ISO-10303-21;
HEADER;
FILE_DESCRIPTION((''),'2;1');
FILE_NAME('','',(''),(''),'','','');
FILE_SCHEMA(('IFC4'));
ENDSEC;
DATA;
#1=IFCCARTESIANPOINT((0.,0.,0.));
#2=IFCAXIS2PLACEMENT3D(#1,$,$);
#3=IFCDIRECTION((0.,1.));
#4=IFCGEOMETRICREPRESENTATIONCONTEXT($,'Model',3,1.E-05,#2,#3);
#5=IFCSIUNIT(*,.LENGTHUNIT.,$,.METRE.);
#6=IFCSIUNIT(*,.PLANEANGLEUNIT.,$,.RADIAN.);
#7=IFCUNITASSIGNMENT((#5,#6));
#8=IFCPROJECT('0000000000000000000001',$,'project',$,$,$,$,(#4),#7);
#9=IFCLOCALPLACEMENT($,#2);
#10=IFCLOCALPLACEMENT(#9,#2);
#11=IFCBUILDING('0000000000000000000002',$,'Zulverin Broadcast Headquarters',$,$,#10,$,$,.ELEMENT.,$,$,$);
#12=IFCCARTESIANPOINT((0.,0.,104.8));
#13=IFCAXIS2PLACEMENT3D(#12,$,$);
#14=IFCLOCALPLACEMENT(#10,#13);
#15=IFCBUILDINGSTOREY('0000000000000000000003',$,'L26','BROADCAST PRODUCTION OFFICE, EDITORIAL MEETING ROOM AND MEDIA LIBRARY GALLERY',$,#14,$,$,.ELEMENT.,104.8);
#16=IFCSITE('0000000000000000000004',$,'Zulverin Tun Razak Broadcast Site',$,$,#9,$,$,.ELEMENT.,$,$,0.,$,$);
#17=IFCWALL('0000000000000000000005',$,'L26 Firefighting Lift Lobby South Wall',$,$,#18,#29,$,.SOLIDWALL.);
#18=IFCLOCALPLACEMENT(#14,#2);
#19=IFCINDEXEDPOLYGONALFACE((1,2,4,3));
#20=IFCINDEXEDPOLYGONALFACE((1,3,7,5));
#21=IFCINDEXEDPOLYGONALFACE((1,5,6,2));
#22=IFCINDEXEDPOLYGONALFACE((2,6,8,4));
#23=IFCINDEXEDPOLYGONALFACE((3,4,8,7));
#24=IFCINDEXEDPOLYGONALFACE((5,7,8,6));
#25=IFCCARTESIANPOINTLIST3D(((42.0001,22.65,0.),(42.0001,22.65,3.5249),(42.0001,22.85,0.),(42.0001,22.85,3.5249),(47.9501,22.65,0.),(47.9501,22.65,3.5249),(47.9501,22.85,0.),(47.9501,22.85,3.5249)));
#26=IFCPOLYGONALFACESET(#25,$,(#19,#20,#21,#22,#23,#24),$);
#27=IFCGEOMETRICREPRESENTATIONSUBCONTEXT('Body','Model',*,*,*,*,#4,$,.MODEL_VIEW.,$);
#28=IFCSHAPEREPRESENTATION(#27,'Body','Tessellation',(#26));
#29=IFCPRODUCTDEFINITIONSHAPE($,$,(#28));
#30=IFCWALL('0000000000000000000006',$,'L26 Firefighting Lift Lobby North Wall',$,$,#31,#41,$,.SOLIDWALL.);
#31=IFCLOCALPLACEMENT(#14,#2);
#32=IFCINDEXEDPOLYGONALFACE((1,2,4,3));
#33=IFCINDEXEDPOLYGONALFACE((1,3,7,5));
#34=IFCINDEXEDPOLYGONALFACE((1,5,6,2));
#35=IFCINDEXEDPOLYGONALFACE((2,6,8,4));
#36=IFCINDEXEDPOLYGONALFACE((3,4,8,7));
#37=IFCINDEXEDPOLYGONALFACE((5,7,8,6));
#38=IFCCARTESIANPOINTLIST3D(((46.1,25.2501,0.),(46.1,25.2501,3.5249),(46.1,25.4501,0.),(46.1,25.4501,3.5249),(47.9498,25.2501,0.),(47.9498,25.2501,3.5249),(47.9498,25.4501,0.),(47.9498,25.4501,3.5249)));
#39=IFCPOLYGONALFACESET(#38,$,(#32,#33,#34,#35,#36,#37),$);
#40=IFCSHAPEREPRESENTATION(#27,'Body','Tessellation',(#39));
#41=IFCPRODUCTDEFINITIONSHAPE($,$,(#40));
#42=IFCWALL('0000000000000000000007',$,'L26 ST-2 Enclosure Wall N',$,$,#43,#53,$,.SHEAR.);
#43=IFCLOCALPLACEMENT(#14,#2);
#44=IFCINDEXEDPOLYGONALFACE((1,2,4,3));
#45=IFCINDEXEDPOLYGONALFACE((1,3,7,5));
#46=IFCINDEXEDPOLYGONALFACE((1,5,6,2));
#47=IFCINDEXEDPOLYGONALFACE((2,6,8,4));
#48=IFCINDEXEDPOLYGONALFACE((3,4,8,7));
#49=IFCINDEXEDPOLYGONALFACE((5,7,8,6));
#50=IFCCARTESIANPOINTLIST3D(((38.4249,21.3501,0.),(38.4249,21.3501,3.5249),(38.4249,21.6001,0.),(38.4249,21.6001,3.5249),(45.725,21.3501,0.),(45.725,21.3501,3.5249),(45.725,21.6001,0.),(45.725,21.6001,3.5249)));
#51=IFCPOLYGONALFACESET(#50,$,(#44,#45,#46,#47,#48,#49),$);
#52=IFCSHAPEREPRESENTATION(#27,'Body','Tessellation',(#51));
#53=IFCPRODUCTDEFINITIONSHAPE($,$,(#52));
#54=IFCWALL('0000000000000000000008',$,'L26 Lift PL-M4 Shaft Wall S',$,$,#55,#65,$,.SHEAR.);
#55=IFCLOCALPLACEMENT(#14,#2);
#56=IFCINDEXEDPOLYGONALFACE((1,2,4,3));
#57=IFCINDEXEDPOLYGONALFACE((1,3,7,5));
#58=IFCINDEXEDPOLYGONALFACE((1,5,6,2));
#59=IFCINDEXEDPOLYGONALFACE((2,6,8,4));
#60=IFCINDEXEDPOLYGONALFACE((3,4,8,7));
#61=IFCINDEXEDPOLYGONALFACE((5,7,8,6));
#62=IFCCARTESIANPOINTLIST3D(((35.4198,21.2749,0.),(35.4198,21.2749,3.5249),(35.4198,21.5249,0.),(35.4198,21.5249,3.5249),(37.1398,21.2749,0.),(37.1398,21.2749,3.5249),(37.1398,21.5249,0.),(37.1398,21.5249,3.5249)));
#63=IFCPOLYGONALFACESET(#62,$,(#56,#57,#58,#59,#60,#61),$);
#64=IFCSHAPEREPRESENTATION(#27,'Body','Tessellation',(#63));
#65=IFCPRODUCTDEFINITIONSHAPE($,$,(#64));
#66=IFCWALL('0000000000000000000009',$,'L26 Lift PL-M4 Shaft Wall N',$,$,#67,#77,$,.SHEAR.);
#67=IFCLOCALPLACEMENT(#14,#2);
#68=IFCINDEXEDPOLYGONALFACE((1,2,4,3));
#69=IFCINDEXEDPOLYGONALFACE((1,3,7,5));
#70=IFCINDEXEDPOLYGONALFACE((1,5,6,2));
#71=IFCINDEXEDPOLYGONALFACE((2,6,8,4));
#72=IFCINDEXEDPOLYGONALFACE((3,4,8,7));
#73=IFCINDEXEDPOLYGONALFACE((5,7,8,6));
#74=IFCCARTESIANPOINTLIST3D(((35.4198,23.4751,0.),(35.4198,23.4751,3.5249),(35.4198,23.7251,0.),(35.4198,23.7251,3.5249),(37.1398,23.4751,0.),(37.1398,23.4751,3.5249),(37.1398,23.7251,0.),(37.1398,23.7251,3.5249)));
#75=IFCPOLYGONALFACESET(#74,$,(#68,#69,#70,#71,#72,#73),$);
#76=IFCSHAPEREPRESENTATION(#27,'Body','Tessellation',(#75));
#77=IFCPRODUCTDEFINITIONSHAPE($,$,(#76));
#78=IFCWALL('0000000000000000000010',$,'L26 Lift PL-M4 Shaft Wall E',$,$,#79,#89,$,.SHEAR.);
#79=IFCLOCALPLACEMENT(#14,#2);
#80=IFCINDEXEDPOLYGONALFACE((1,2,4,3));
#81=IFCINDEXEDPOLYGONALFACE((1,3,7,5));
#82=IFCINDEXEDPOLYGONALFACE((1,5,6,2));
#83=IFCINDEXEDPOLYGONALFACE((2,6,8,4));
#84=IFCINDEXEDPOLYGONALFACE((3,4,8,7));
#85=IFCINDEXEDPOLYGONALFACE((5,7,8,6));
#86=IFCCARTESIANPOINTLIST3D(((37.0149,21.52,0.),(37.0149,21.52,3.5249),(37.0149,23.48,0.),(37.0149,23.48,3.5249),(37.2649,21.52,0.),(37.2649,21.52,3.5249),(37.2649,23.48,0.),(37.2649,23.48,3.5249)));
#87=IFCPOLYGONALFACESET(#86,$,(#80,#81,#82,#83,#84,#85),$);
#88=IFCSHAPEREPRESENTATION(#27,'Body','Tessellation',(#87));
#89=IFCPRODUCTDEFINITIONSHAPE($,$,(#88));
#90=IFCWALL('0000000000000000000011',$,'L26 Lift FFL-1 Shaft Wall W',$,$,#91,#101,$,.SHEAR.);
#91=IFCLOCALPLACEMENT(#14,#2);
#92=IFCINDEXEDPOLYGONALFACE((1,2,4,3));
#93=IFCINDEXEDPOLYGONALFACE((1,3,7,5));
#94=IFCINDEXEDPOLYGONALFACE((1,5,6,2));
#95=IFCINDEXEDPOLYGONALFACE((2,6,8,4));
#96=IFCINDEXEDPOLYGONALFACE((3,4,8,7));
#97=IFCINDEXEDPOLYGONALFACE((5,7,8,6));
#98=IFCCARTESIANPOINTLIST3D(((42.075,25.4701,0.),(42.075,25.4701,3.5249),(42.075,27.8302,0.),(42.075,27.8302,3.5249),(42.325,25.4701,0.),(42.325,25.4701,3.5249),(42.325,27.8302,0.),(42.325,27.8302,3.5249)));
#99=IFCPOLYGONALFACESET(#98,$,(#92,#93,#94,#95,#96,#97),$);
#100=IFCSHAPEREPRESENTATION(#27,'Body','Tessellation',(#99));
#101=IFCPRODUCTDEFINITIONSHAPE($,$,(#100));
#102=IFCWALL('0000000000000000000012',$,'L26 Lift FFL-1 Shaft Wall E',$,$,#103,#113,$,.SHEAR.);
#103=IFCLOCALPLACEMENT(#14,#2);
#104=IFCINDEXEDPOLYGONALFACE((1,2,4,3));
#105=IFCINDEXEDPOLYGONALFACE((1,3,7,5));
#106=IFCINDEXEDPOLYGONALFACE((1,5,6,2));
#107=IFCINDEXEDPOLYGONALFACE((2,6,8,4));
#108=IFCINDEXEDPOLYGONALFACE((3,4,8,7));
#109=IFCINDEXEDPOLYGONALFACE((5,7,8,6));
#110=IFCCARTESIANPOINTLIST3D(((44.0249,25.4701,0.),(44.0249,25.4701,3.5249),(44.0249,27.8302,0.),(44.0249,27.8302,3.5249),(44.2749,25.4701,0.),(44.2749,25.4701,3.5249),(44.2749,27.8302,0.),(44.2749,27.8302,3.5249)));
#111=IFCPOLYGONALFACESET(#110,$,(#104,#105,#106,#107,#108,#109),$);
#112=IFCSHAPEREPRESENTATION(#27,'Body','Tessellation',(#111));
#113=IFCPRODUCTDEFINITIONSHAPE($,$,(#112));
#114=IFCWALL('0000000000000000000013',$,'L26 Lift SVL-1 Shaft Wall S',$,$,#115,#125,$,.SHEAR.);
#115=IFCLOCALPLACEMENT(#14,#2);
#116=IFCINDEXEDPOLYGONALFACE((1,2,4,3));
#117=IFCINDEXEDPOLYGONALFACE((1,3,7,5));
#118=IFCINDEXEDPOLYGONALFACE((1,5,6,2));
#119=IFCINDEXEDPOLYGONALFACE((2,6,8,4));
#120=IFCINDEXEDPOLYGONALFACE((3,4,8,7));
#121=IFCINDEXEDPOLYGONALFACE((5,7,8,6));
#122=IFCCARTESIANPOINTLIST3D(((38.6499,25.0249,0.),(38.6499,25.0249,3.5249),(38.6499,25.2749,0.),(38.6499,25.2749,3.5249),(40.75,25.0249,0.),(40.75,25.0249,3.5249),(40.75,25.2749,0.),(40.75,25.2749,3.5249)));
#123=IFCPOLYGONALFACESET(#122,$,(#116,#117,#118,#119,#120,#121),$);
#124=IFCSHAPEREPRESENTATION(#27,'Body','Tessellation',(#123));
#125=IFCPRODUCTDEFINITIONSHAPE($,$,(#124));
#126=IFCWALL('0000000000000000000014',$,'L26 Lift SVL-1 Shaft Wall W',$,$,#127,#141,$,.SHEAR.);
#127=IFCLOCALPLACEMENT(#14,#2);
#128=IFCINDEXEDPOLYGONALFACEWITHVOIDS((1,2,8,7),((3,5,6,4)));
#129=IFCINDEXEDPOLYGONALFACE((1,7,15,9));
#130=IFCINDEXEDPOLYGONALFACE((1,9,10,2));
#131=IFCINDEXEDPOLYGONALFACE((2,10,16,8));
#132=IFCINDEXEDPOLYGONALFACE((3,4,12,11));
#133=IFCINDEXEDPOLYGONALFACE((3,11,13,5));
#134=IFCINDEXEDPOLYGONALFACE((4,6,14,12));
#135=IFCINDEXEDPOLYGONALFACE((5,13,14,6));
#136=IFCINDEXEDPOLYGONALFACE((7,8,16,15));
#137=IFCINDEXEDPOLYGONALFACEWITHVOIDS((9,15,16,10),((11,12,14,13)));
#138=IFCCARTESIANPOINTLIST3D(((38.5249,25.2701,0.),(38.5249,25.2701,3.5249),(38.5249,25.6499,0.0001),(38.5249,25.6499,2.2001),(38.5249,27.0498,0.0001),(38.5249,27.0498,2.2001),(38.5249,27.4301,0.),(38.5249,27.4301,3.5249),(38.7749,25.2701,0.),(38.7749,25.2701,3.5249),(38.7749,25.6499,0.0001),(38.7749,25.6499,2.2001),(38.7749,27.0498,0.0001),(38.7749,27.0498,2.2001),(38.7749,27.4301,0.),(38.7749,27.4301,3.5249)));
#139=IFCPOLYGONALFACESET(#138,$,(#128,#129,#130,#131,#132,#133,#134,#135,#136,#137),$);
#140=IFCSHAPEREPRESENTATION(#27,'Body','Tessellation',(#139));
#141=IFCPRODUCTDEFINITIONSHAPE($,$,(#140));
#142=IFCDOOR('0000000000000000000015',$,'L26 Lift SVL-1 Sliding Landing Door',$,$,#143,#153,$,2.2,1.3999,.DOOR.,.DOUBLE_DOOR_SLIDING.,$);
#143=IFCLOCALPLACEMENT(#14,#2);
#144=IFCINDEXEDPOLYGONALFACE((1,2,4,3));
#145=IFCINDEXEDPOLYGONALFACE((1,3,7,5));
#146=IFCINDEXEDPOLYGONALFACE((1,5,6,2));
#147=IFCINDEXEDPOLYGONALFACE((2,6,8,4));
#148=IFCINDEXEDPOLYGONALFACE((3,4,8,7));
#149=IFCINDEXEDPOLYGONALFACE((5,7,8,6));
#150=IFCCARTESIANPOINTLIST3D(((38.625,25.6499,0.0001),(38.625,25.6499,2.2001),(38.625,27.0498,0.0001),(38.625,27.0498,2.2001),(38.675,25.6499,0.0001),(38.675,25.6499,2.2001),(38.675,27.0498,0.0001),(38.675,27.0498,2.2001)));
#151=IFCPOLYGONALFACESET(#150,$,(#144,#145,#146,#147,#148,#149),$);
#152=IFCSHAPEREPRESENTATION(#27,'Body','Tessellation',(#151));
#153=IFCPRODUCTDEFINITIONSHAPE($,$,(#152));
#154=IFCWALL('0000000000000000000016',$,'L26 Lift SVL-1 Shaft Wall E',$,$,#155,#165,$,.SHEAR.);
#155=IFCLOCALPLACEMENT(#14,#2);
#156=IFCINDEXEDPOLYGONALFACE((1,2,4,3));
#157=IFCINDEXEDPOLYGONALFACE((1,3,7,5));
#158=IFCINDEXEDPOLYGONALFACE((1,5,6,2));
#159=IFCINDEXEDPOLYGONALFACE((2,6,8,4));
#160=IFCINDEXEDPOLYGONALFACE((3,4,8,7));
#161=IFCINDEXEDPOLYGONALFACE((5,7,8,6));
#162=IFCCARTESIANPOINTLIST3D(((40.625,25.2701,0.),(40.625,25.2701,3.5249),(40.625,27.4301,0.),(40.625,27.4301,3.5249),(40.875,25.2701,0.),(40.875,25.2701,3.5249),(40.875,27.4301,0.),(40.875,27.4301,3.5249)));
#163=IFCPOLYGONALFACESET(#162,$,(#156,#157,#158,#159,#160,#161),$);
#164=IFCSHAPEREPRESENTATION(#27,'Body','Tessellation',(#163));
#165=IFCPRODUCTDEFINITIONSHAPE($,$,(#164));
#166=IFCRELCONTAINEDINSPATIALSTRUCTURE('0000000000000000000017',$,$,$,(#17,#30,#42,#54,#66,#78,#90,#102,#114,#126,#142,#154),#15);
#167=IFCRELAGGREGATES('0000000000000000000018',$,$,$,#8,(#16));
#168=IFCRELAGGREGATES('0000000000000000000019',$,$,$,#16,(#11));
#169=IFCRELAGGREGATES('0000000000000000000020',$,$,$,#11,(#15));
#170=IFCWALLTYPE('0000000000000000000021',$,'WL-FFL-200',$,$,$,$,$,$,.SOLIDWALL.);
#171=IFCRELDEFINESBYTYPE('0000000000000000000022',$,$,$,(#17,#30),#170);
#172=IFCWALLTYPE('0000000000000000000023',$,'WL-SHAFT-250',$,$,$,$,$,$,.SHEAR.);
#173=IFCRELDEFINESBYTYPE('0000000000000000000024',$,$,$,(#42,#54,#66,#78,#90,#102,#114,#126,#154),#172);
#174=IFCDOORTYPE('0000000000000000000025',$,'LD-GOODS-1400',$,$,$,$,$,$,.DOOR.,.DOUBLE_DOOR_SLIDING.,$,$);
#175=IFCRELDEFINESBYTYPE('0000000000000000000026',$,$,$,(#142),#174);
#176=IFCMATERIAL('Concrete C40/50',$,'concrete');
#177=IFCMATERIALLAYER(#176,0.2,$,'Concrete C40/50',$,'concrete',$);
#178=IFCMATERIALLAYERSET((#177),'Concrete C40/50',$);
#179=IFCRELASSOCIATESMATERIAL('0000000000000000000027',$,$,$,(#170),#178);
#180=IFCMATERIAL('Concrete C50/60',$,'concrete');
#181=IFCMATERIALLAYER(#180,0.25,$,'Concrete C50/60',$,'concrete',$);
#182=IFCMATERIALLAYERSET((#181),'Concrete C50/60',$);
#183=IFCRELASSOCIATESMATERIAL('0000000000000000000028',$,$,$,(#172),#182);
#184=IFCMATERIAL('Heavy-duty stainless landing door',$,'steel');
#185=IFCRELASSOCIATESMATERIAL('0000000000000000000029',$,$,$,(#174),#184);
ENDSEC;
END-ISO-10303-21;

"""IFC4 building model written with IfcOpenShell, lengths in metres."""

from ifc_helpers import new_model, si_unit, direction, frame, frame_2d, origin, place, context, subcontext, project, spatial, rectangle, extrude, material, layer, layer_set, type_object, element, fill, save


model = new_model("IFC4")

# Units and contexts
model_context = context("Model", 3, precision=1e-05, world=origin(), true_north=direction((0.0, 1.0)))
body_context = subcontext(model_context, "Body", "Model", "MODEL_VIEW")
ifc_project = project(units=[si_unit("LENGTHUNIT", "METRE"), si_unit("PLANEANGLEUNIT", "RADIAN")], contexts=[model_context])

# Site, building, storey
site_placement = place(None, origin())
site = spatial("IfcSite", under=ifc_project, at=site_placement, Name="Zulverin Tun Razak Broadcast Site", CompositionType="ELEMENT", RefElevation=0.0)
building_placement = place(site_placement, origin())
building = spatial("IfcBuilding", under=site, at=building_placement, Name="Zulverin Broadcast Headquarters", CompositionType="ELEMENT")
storey_placement = place(building_placement, frame((0.0, 0.0, 104.8)))
storey = spatial("IfcBuildingStorey", under=building, at=storey_placement, Name="L26", Description="BROADCAST PRODUCTION OFFICE, EDITORIAL MEETING ROOM AND MEDIA LIBRARY GALLERY", CompositionType="ELEMENT", Elevation=104.8)

# Shared definitions
ifc_material_1 = material(Name="Concrete C40/50", Category="concrete")
ifc_layer_1 = layer(ifc_material_1, 0.2, Name="Concrete C40/50", Category="concrete")
ifc_layer_set_1 = layer_set([ifc_layer_1], Name="Concrete C40/50")
wall_type_1 = type_object("IfcWallType", Name="WL-FFL-200", PredefinedType="SOLIDWALL", material=ifc_layer_set_1)

# Walls
wall_1_placement = place(storey_placement, frame((42.0, 22.75, 0.0), z_axis=(0.0, 0.0, 1.0), x_axis=(1.0, 0.0, 0.0)))
element("IfcWall", 1, at=wall_1_placement, inside=storey, type_object=wall_type_1, Name="L26 Firefighting Lift Lobby South Wall", PredefinedType="SOLIDWALL", context=body_context, shape_type="SweptSolid", body=[
    extrude(rectangle(XDim=5.95, YDim=0.2, at=frame_2d((2.9751, 0.0))), origin(), (0.0, 0.0, 1.0), 3.5249),
])
wall_2_placement = place(storey_placement, frame((46.1001, 25.3501, 0.0), z_axis=(0.0, 0.0, 1.0), x_axis=(1.0, 0.0, 0.0)))
element("IfcWall", 2, at=wall_2_placement, inside=storey, type_object=wall_type_1, Name="L26 Firefighting Lift Lobby North Wall", PredefinedType="SOLIDWALL", context=body_context, shape_type="SweptSolid", body=[
    extrude(rectangle(XDim=1.8499, YDim=0.2, at=frame_2d((0.9248, 0.0))), origin(), (0.0, 0.0, 1.0), 3.5249),
])
ifc_material_2 = material(Name="Concrete C50/60", Category="concrete")
ifc_layer_2 = layer(ifc_material_2, 0.25, Name="Concrete C50/60", Category="concrete")
ifc_layer_set_2 = layer_set([ifc_layer_2], Name="Concrete C50/60")
wall_type_2 = type_object("IfcWallType", Name="WL-SHAFT-250", PredefinedType="SHEAR", material=ifc_layer_set_2)
wall_3_placement = place(storey_placement, frame((38.425, 21.4751, 0.0), z_axis=(0.0, 0.0, 1.0), x_axis=(1.0, 0.0, 0.0)))
element("IfcWall", 3, at=wall_3_placement, inside=storey, type_object=wall_type_2, Name="L26 ST-2 Enclosure Wall N", PredefinedType="SHEAR", context=body_context, shape_type="SweptSolid", body=[
    extrude(rectangle(XDim=7.3, YDim=0.25, at=frame_2d((3.6499, 0.0))), origin(), (0.0, 0.0, 1.0), 3.5249),
])
for number, where, z_axis, x_axis, name in (
    (4, (35.4199, 21.3999, 0.0), (0.0, 0.0, 1.0), (1.0, 0.0, 0.0), "L26 Lift PL-M4 Shaft Wall S"),
    (5, (35.4199, 23.6001, 0.0), (0.0, 0.0, 1.0), (1.0, 0.0, 0.0), "L26 Lift PL-M4 Shaft Wall N"),
):
    element("IfcWall", number, at=place(storey_placement, frame(where, z_axis=z_axis, x_axis=x_axis)), inside=storey, type_object=wall_type_2, Name=name, PredefinedType="SHEAR", context=body_context, shape_type="SweptSolid", body=[
        extrude(rectangle(XDim=1.72, YDim=0.25, at=frame_2d((0.8599, 0.0))), origin(), (0.0, 0.0, 1.0), 3.5249),
    ])
wall_4_placement = place(storey_placement, frame((37.1399, 21.52, 0.0), z_axis=(0.0, 0.0, 1.0), x_axis=(0.0, 1.0, 0.0)))
element("IfcWall", 6, at=wall_4_placement, inside=storey, type_object=wall_type_2, Name="L26 Lift PL-M4 Shaft Wall E", PredefinedType="SHEAR", context=body_context, shape_type="SweptSolid", body=[
    extrude(rectangle(XDim=1.96, YDim=0.25, at=frame_2d((0.98, 0.0))), origin(), (0.0, 0.0, 1.0), 3.5249),
])

# Walls
for number, where, z_axis, x_axis, name in (
    (7, (42.2, 25.47, 0.0), (0.0, 0.0, 1.0), (0.0, 1.0, 0.0), "L26 Lift FFL-1 Shaft Wall W"),
    (8, (44.1499, 25.47, 0.0), (0.0, 0.0, 1.0), (0.0, 1.0, 0.0), "L26 Lift FFL-1 Shaft Wall E"),
):
    element("IfcWall", number, at=place(storey_placement, frame(where, z_axis=z_axis, x_axis=x_axis)), inside=storey, type_object=wall_type_2, Name=name, PredefinedType="SHEAR", context=body_context, shape_type="SweptSolid", body=[
        extrude(rectangle(XDim=2.3601, YDim=0.25, at=frame_2d((1.1802, 0.0))), origin(), (0.0, 0.0, 1.0), 3.5249),
    ])

# Wall
wall_5_placement = place(storey_placement, frame((38.6499, 25.1499, 0.0), z_axis=(0.0, 0.0, 1.0), x_axis=(1.0, 0.0, 0.0)))
element("IfcWall", 9, at=wall_5_placement, inside=storey, type_object=wall_type_2, Name="L26 Lift SVL-1 Shaft Wall S", PredefinedType="SHEAR", context=body_context, shape_type="SweptSolid", body=[
    extrude(rectangle(XDim=2.1001, YDim=0.25, at=frame_2d((1.05, 0.0))), origin(), (0.0, 0.0, 1.0), 3.5249),
])

# Wall, opening, door
wall_6_placement = place(storey_placement, frame((38.6499, 25.27, 0.0), z_axis=(0.0, 0.0, 1.0), x_axis=(0.0, 1.0, 0.0)))
wall_6 = element("IfcWall", 10, at=wall_6_placement, inside=storey, type_object=wall_type_2, Name="L26 Lift SVL-1 Shaft Wall W", PredefinedType="SHEAR", context=body_context, shape_type="SweptSolid", body=[
    extrude(rectangle(XDim=2.1599, YDim=0.25, at=frame_2d((1.0801, 0.0))), origin(), (0.0, 0.0, 1.0), 3.5249),
])
opening_1_placement = place(wall_6_placement, frame((0.3799, 0.0, 0.0)))
opening_1 = element("IfcOpeningElement", 11, at=opening_1_placement, cuts=wall_6, PredefinedType="OPENING", context=body_context, shape_type="SweptSolid", body=[
    extrude(rectangle(XDim=1.3999, YDim=2.2, at=frame_2d((0.7, 1.1001))), frame((0.0, 0.135, 0.0), z_axis=(0.0, -1.0, 0.0), x_axis=(1.0, 0.0, 0.0)), (0.0, 0.0, 1.0), 0.27),
])
ifc_material_3 = material(Name="Heavy-duty stainless landing door", Category="steel")
door_type_1 = type_object("IfcDoorType", Name="LD-GOODS-1400", OperationType="DOUBLE_DOOR_SLIDING", PredefinedType="DOOR", material=ifc_material_3)
door_1_placement = place(opening_1_placement, origin())
door_1 = element("IfcDoor", 12, at=door_1_placement, inside=storey, type_object=door_type_1, Name="L26 Lift SVL-1 Sliding Landing Door", OperationType="DOUBLE_DOOR_SLIDING", OverallHeight=2.2, OverallWidth=1.3999, PredefinedType="DOOR", context=body_context, shape_type="SweptSolid", body=[
    extrude(rectangle(XDim=1.3999, YDim=2.2, at=frame_2d((0.7, 1.1001))), frame((0.0, 0.0249, 0.0), z_axis=(0.0, -1.0, 0.0), x_axis=(1.0, 0.0, 0.0)), (0.0, 0.0, 1.0), 0.05),
])
fill(opening_1, door_1)

# Wall
wall_7_placement = place(storey_placement, frame((40.75, 25.27, 0.0), z_axis=(0.0, 0.0, 1.0), x_axis=(0.0, 1.0, 0.0)))
element("IfcWall", 13, at=wall_7_placement, inside=storey, type_object=wall_type_2, Name="L26 Lift SVL-1 Shaft Wall E", PredefinedType="SHEAR", context=body_context, shape_type="SweptSolid", body=[
    extrude(rectangle(XDim=2.1599, YDim=0.25, at=frame_2d((1.0801, 0.0))), origin(), (0.0, 0.0, 1.0), 3.5249),
])

save(model, "model.ifc")
